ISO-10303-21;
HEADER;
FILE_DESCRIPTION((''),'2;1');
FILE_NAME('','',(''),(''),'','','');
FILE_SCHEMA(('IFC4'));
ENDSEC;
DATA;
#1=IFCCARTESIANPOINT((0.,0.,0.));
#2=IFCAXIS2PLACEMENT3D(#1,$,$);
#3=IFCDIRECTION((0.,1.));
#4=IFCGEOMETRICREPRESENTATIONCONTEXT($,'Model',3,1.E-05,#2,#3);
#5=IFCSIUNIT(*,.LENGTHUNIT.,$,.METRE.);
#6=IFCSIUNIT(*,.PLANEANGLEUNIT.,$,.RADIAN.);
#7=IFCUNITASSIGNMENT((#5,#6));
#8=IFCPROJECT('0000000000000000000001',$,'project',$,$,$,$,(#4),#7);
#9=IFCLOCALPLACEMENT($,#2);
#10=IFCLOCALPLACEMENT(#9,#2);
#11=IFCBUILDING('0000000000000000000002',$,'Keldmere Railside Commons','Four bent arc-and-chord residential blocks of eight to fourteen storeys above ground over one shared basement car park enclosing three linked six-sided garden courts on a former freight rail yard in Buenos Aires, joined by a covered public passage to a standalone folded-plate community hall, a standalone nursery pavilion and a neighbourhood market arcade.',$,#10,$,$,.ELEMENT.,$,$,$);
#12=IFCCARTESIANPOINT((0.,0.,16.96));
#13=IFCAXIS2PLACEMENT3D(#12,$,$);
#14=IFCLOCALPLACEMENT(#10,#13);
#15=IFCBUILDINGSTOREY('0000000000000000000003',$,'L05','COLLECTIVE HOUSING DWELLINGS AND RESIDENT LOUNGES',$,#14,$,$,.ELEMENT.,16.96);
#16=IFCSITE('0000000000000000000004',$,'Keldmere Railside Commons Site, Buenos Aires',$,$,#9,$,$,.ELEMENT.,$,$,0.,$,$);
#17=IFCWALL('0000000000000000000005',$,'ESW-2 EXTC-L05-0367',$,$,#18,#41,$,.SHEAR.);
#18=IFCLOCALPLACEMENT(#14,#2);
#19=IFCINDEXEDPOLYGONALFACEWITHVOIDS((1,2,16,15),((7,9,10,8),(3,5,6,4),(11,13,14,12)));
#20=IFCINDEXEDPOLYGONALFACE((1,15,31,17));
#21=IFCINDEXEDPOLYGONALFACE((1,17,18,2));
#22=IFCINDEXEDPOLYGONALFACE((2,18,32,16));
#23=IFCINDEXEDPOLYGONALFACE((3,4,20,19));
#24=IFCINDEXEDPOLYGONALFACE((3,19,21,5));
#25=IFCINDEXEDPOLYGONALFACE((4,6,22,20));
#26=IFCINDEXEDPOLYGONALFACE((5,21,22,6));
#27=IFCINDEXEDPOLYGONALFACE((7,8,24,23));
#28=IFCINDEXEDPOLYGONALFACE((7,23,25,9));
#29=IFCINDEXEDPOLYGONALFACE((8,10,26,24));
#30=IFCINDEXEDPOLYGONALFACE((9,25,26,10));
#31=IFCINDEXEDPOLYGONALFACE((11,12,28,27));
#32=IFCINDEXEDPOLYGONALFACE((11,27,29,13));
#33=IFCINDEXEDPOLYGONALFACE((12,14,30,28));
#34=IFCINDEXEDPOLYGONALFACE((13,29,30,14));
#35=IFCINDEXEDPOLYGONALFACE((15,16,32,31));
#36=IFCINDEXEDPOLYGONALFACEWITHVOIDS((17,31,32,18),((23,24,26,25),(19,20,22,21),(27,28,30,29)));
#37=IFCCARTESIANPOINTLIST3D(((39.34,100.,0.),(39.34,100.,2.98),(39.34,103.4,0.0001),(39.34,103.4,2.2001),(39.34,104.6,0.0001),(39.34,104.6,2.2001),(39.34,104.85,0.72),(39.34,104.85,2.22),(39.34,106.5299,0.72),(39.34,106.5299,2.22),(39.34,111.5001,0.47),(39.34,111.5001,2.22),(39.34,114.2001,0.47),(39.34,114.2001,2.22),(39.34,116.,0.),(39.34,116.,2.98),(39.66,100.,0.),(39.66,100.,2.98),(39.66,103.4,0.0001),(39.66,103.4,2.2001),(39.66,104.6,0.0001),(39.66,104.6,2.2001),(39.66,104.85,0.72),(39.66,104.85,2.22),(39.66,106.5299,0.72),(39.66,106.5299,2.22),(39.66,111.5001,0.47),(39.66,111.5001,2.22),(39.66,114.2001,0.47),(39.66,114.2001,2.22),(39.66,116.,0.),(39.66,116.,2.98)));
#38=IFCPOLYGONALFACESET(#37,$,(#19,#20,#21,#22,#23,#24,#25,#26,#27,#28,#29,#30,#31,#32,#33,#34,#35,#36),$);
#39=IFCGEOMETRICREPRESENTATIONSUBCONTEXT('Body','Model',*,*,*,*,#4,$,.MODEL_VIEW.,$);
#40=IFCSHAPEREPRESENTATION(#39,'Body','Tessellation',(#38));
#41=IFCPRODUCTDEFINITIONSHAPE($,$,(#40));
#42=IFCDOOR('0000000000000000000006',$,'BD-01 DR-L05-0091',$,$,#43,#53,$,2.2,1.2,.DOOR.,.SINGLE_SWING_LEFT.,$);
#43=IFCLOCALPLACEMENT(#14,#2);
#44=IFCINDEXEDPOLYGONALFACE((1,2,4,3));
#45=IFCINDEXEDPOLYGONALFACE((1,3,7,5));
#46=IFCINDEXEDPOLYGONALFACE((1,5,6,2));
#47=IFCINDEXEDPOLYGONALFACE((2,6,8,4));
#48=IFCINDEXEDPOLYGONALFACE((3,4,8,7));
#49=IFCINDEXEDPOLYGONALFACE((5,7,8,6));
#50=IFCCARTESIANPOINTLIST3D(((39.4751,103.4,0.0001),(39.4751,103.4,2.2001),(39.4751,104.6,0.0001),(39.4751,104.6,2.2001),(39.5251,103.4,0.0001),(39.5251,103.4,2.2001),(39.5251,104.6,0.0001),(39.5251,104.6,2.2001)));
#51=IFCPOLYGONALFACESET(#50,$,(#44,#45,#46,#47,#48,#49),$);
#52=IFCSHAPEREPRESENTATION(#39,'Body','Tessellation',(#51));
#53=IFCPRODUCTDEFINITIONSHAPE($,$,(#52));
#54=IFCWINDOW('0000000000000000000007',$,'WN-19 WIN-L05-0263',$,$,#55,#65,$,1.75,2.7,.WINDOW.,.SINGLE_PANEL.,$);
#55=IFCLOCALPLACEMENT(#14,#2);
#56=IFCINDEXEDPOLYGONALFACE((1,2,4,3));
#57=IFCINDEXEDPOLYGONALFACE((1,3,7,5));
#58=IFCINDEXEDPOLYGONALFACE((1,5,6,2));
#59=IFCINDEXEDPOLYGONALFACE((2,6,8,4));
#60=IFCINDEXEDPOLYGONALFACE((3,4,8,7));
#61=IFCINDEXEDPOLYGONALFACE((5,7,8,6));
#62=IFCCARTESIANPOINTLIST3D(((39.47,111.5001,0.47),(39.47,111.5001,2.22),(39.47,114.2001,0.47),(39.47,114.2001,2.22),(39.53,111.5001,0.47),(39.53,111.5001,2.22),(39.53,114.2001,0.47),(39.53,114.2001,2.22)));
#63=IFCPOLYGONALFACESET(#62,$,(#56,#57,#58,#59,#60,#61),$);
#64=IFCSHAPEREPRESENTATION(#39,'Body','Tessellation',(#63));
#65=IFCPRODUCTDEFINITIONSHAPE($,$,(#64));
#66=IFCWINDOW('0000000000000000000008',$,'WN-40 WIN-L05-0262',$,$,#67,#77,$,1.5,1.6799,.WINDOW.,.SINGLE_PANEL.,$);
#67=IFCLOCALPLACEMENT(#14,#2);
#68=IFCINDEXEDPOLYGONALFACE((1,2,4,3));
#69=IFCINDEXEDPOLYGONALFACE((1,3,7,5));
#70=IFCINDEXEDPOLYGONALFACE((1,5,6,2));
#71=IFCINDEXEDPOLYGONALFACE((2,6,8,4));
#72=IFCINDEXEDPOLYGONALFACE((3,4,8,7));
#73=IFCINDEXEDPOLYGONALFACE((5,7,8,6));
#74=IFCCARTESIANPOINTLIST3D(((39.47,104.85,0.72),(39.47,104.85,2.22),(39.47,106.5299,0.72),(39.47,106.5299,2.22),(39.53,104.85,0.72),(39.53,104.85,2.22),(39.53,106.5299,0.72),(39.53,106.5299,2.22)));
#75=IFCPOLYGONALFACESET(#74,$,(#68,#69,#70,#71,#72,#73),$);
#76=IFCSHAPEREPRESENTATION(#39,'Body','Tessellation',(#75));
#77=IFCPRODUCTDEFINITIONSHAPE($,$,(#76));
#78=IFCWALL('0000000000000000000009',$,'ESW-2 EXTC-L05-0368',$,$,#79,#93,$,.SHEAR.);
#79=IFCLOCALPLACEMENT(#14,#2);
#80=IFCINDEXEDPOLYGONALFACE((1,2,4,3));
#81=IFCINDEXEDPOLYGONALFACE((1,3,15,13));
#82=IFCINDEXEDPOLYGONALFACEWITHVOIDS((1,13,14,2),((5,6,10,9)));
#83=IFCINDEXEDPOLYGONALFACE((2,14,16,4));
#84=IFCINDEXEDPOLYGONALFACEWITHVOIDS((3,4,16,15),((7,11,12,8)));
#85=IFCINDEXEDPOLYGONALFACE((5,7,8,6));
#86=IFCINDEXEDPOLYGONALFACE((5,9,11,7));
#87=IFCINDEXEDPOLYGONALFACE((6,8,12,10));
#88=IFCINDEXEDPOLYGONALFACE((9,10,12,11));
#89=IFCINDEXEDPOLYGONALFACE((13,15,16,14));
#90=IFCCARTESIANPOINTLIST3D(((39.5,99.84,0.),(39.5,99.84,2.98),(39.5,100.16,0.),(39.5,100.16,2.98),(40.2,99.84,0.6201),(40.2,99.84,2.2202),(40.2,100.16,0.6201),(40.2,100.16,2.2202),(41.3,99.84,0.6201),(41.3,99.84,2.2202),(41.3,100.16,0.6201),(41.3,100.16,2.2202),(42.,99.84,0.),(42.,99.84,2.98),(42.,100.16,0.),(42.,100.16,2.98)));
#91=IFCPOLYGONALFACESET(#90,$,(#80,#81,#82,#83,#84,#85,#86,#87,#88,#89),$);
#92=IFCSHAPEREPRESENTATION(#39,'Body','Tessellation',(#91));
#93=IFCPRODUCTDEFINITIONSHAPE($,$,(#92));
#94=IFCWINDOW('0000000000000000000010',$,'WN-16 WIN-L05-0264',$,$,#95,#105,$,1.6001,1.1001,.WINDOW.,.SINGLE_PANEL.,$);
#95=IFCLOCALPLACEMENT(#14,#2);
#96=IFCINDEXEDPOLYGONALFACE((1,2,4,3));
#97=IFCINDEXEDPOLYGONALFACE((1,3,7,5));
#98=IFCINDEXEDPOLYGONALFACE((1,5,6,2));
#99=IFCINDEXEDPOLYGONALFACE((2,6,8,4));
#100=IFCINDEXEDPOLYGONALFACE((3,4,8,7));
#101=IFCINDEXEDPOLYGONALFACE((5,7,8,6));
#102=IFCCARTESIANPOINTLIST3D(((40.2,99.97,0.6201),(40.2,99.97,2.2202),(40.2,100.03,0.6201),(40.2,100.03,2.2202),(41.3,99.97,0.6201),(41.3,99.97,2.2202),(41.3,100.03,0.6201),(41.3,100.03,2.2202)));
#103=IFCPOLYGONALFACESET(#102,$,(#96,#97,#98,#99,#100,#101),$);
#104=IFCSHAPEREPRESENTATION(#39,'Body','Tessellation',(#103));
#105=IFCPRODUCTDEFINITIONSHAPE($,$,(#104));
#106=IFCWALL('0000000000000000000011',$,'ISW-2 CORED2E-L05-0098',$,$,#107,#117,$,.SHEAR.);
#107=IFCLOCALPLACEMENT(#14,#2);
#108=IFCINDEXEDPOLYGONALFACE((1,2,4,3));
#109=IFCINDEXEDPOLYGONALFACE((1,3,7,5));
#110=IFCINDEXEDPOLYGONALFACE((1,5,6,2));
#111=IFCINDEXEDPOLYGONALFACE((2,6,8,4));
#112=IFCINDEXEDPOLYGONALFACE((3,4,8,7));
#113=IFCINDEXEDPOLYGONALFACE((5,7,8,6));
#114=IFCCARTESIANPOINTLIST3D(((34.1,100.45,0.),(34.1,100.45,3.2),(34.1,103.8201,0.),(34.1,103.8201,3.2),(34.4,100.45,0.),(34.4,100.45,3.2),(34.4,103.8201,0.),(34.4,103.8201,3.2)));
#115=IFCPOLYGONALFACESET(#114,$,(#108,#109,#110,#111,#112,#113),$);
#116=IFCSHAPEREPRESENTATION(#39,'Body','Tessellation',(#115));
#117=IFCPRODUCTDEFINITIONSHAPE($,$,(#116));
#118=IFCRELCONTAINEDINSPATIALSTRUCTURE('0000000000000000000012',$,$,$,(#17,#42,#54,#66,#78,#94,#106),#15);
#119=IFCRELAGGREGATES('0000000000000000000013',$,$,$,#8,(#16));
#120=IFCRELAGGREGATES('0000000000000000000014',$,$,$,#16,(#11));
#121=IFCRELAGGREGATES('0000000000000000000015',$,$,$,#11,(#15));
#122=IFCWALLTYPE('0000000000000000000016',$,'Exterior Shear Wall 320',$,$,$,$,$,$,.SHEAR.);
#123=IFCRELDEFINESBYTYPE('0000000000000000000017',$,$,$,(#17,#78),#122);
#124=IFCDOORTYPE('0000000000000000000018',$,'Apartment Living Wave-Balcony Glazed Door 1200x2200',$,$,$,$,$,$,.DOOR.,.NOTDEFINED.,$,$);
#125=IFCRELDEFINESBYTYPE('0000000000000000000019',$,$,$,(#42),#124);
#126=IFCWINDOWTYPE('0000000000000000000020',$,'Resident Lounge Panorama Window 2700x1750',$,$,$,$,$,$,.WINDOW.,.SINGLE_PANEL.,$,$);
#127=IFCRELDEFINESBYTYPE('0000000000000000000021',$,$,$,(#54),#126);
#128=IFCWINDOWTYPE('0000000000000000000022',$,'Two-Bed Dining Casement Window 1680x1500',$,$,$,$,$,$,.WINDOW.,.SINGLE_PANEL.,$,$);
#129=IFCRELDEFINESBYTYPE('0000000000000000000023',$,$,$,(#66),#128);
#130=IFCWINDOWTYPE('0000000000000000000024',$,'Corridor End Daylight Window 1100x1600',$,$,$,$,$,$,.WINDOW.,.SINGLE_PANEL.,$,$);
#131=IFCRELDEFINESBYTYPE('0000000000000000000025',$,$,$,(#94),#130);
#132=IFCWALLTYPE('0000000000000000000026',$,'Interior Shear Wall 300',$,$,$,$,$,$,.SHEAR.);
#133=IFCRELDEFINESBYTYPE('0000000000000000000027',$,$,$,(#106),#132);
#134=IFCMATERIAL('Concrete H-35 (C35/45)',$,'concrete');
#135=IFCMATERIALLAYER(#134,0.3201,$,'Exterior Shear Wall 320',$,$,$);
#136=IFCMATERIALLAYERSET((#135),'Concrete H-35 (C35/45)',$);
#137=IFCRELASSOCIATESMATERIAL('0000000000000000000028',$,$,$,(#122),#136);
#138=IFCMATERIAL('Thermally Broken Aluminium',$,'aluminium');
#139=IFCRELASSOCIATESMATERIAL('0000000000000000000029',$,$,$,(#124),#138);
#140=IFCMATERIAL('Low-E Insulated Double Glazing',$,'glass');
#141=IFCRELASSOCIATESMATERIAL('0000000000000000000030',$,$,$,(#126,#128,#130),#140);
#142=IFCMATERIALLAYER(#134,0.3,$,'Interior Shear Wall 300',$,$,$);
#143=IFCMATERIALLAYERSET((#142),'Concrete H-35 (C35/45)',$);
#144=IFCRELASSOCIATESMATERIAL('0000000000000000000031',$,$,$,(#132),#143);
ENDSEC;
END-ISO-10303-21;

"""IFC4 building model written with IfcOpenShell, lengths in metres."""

from ifc_helpers import new_model, si_unit, direction, frame, frame_2d, origin, place, context, subcontext, project, spatial, rectangle, extrude, material, layer, layer_set, type_object, element, fill, save


model = new_model("IFC4")

# Units and contexts
model_context = context("Model", 3, precision=1e-05, world=origin(), true_north=direction((0.0, 1.0)))
body_context = subcontext(model_context, "Body", "Model", "MODEL_VIEW")
ifc_project = project(units=[si_unit("LENGTHUNIT", "METRE"), si_unit("PLANEANGLEUNIT", "RADIAN")], contexts=[model_context])

# Site, building, storey
site_placement = place(None, origin())
site = spatial("IfcSite", under=ifc_project, at=site_placement, Name="Keldmere Railside Commons Site, Buenos Aires", CompositionType="ELEMENT", RefElevation=0.0)
building_placement = place(site_placement, origin())
building = spatial("IfcBuilding", under=site, at=building_placement, Name="Keldmere Railside Commons", Description="Four bent arc-and-chord residential blocks of eight to fourteen storeys above ground over one shared basement car park enclosing three linked six-sided garden courts on a former freight rail yard in Buenos Aires, joined by a covered public passage to a standalone folded-plate community hall, a standalone nursery pavilion and a neighbourhood market arcade.", CompositionType="ELEMENT")
storey_placement = place(building_placement, frame((0.0, 0.0, 16.96)))
storey = spatial("IfcBuildingStorey", under=building, at=storey_placement, Name="L05", Description="COLLECTIVE HOUSING DWELLINGS AND RESIDENT LOUNGES", CompositionType="ELEMENT", Elevation=16.96)

# Shared definitions
ifc_material_1 = material(Name="Concrete H-35 (C35/45)", Category="concrete")

# Shared definitions
ifc_material_2 = material(Name="Thermally Broken Aluminium", Category="aluminium")
ifc_material_3 = material(Name="Low-E Insulated Double Glazing", Category="glass")

# Shared definitions
ifc_layer_1 = layer(ifc_material_1, 0.3201, Name="Exterior Shear Wall 320")
ifc_layer_set_1 = layer_set([ifc_layer_1], Name="Concrete H-35 (C35/45)")
wall_type_1 = type_object("IfcWallType", Name="Exterior Shear Wall 320", PredefinedType="SHEAR", material=ifc_layer_set_1)

# Wall, openings, door, windows
wall_1_placement = place(storey_placement, frame((39.5, 100.0, 0.0), z_axis=(0.0, 0.0, 1.0), x_axis=(0.0, 1.0, 0.0)))
wall_1 = element("IfcWall", 1, at=wall_1_placement, inside=storey, type_object=wall_type_1, Name="ESW-2 EXTC-L05-0367", PredefinedType="SHEAR", context=body_context, shape_type="SweptSolid", body=[
    extrude(rectangle(XDim=16.0, YDim=0.3201, at=frame_2d((8.0, 0.0))), origin(), (0.0, 0.0, 1.0), 2.98),
])
opening_1_placement = place(wall_1_placement, frame((3.3999, 0.0, 0.0)))
opening_1 = element("IfcOpeningElement", 2, at=opening_1_placement, cuts=wall_1, PredefinedType="OPENING", context=body_context, shape_type="SweptSolid", body=[
    extrude(rectangle(XDim=1.2, YDim=2.2, at=frame_2d((0.6001, 1.1001))), frame((0.0, 0.1699, 0.0), z_axis=(0.0, -1.0, 0.0), x_axis=(1.0, 0.0, 0.0)), (0.0, 0.0, 1.0), 0.3401),
])
opening_2_placement = place(wall_1_placement, frame((4.8501, 0.0, 0.72)))
opening_2 = element("IfcOpeningElement", 3, at=opening_2_placement, cuts=wall_1, PredefinedType="OPENING", context=body_context, shape_type="SweptSolid", body=[
    extrude(rectangle(XDim=1.6799, YDim=1.5, at=frame_2d((0.8398, 0.75))), frame((0.0, 0.1699, 0.0), z_axis=(0.0, -1.0, 0.0), x_axis=(1.0, 0.0, 0.0)), (0.0, 0.0, 1.0), 0.3401),
])
opening_3_placement = place(wall_1_placement, frame((11.5, 0.0, 0.47)))
opening_3 = element("IfcOpeningElement", 4, at=opening_3_placement, cuts=wall_1, PredefinedType="OPENING", context=body_context, shape_type="SweptSolid", body=[
    extrude(rectangle(XDim=2.7, YDim=1.75, at=frame_2d((1.3501, 0.875))), frame((0.0, 0.1699, 0.0), z_axis=(0.0, -1.0, 0.0), x_axis=(1.0, 0.0, 0.0)), (0.0, 0.0, 1.0), 0.3401),
])
door_type = type_object("IfcDoorType", Name="Apartment Living Wave-Balcony Glazed Door 1200x2200", OperationType="NOTDEFINED", PredefinedType="DOOR", material=ifc_material_2)
door_placement = place(opening_1_placement, origin())
door = element("IfcDoor", 5, at=door_placement, inside=storey, type_object=door_type, Name="BD-01 DR-L05-0091", OperationType="SINGLE_SWING_LEFT", OverallHeight=2.2, OverallWidth=1.2, PredefinedType="DOOR", context=body_context, shape_type="SweptSolid", body=[
    extrude(rectangle(XDim=1.2, YDim=2.2, at=frame_2d((0.6001, 1.1001))), frame((0.0, 0.0249, 0.0), z_axis=(0.0, -1.0, 0.0), x_axis=(1.0, 0.0, 0.0)), (0.0, 0.0, 1.0), 0.05),
])
fill(opening_1, door)
window_type_1 = type_object("IfcWindowType", Name="Resident Lounge Panorama Window 2700x1750", PartitioningType="SINGLE_PANEL", PredefinedType="WINDOW", material=ifc_material_3)
window_1_placement = place(opening_3_placement, origin())
window_1 = element("IfcWindow", 6, at=window_1_placement, inside=storey, type_object=window_type_1, Name="WN-19 WIN-L05-0263", OverallHeight=1.75, OverallWidth=2.7, PartitioningType="SINGLE_PANEL", PredefinedType="WINDOW", context=body_context, shape_type="SweptSolid", body=[
    extrude(rectangle(XDim=2.7, YDim=1.75, at=frame_2d((1.3501, 0.875))), frame((0.0, 0.03, 0.0), z_axis=(0.0, -1.0, 0.0), x_axis=(1.0, 0.0, 0.0)), (0.0, 0.0, 1.0), 0.0601),
])
fill(opening_3, window_1)
window_type_2 = type_object("IfcWindowType", Name="Two-Bed Dining Casement Window 1680x1500", PartitioningType="SINGLE_PANEL", PredefinedType="WINDOW", material=ifc_material_3)
window_2_placement = place(opening_2_placement, origin())
window_2 = element("IfcWindow", 7, at=window_2_placement, inside=storey, type_object=window_type_2, Name="WN-40 WIN-L05-0262", OverallHeight=1.5, OverallWidth=1.6799, PartitioningType="SINGLE_PANEL", PredefinedType="WINDOW", context=body_context, shape_type="SweptSolid", body=[
    extrude(rectangle(XDim=1.6799, YDim=1.5, at=frame_2d((0.8398, 0.75))), frame((0.0, 0.03, 0.0), z_axis=(0.0, -1.0, 0.0), x_axis=(1.0, 0.0, 0.0)), (0.0, 0.0, 1.0), 0.0601),
])
fill(opening_2, window_2)

# Wall, opening, window
wall_2_placement = place(storey_placement, frame((42.0, 100.0, 0.0), z_axis=(0.0, 0.0, 1.0), x_axis=(-1.0, 0.0, 0.0)))
wall_2 = element("IfcWall", 8, at=wall_2_placement, inside=storey, type_object=wall_type_1, Name="ESW-2 EXTC-L05-0368", PredefinedType="SHEAR", context=body_context, shape_type="SweptSolid", body=[
    extrude(rectangle(XDim=2.5, YDim=0.3201, at=frame_2d((1.25, 0.0))), origin(), (0.0, 0.0, 1.0), 2.98),
])
opening_4_placement = place(wall_2_placement, frame((0.7, 0.0, 0.6201)))
opening_4 = element("IfcOpeningElement", 9, at=opening_4_placement, cuts=wall_2, PredefinedType="OPENING", context=body_context, shape_type="SweptSolid", body=[
    extrude(rectangle(XDim=1.1001, YDim=1.6001, at=frame_2d((0.55, 0.8))), frame((0.0, 0.1699, 0.0), z_axis=(0.0, -1.0, 0.0), x_axis=(1.0, 0.0, 0.0)), (0.0, 0.0, 1.0), 0.3401),
])
window_type_3 = type_object("IfcWindowType", Name="Corridor End Daylight Window 1100x1600", PartitioningType="SINGLE_PANEL", PredefinedType="WINDOW", material=ifc_material_3)
window_3_placement = place(opening_4_placement, origin())
window_3 = element("IfcWindow", 10, at=window_3_placement, inside=storey, type_object=window_type_3, Name="WN-16 WIN-L05-0264", OverallHeight=1.6001, OverallWidth=1.1001, PartitioningType="SINGLE_PANEL", PredefinedType="WINDOW", context=body_context, shape_type="SweptSolid", body=[
    extrude(rectangle(XDim=1.1001, YDim=1.6001, at=frame_2d((0.55, 0.8))), frame((0.0, 0.03, 0.0), z_axis=(0.0, -1.0, 0.0), x_axis=(1.0, 0.0, 0.0)), (0.0, 0.0, 1.0), 0.0601),
])
fill(opening_4, window_3)

# Wall
ifc_layer_2 = layer(ifc_material_1, 0.3, Name="Interior Shear Wall 300")
ifc_layer_set_2 = layer_set([ifc_layer_2], Name="Concrete H-35 (C35/45)")
wall_type_2 = type_object("IfcWallType", Name="Interior Shear Wall 300", PredefinedType="SHEAR", material=ifc_layer_set_2)
wall_3_placement = place(storey_placement, frame((34.25, 100.45, 0.0), z_axis=(0.0, 0.0, 1.0), x_axis=(0.0, 1.0, 0.0)))
element("IfcWall", 11, at=wall_3_placement, inside=storey, type_object=wall_type_2, Name="ISW-2 CORED2E-L05-0098", PredefinedType="SHEAR", context=body_context, shape_type="SweptSolid", body=[
    extrude(rectangle(XDim=3.3701, YDim=0.3, at=frame_2d((1.6851, 0.0))), origin(), (0.0, 0.0, 1.0), 3.2),
])

save(model, "model.ifc")
